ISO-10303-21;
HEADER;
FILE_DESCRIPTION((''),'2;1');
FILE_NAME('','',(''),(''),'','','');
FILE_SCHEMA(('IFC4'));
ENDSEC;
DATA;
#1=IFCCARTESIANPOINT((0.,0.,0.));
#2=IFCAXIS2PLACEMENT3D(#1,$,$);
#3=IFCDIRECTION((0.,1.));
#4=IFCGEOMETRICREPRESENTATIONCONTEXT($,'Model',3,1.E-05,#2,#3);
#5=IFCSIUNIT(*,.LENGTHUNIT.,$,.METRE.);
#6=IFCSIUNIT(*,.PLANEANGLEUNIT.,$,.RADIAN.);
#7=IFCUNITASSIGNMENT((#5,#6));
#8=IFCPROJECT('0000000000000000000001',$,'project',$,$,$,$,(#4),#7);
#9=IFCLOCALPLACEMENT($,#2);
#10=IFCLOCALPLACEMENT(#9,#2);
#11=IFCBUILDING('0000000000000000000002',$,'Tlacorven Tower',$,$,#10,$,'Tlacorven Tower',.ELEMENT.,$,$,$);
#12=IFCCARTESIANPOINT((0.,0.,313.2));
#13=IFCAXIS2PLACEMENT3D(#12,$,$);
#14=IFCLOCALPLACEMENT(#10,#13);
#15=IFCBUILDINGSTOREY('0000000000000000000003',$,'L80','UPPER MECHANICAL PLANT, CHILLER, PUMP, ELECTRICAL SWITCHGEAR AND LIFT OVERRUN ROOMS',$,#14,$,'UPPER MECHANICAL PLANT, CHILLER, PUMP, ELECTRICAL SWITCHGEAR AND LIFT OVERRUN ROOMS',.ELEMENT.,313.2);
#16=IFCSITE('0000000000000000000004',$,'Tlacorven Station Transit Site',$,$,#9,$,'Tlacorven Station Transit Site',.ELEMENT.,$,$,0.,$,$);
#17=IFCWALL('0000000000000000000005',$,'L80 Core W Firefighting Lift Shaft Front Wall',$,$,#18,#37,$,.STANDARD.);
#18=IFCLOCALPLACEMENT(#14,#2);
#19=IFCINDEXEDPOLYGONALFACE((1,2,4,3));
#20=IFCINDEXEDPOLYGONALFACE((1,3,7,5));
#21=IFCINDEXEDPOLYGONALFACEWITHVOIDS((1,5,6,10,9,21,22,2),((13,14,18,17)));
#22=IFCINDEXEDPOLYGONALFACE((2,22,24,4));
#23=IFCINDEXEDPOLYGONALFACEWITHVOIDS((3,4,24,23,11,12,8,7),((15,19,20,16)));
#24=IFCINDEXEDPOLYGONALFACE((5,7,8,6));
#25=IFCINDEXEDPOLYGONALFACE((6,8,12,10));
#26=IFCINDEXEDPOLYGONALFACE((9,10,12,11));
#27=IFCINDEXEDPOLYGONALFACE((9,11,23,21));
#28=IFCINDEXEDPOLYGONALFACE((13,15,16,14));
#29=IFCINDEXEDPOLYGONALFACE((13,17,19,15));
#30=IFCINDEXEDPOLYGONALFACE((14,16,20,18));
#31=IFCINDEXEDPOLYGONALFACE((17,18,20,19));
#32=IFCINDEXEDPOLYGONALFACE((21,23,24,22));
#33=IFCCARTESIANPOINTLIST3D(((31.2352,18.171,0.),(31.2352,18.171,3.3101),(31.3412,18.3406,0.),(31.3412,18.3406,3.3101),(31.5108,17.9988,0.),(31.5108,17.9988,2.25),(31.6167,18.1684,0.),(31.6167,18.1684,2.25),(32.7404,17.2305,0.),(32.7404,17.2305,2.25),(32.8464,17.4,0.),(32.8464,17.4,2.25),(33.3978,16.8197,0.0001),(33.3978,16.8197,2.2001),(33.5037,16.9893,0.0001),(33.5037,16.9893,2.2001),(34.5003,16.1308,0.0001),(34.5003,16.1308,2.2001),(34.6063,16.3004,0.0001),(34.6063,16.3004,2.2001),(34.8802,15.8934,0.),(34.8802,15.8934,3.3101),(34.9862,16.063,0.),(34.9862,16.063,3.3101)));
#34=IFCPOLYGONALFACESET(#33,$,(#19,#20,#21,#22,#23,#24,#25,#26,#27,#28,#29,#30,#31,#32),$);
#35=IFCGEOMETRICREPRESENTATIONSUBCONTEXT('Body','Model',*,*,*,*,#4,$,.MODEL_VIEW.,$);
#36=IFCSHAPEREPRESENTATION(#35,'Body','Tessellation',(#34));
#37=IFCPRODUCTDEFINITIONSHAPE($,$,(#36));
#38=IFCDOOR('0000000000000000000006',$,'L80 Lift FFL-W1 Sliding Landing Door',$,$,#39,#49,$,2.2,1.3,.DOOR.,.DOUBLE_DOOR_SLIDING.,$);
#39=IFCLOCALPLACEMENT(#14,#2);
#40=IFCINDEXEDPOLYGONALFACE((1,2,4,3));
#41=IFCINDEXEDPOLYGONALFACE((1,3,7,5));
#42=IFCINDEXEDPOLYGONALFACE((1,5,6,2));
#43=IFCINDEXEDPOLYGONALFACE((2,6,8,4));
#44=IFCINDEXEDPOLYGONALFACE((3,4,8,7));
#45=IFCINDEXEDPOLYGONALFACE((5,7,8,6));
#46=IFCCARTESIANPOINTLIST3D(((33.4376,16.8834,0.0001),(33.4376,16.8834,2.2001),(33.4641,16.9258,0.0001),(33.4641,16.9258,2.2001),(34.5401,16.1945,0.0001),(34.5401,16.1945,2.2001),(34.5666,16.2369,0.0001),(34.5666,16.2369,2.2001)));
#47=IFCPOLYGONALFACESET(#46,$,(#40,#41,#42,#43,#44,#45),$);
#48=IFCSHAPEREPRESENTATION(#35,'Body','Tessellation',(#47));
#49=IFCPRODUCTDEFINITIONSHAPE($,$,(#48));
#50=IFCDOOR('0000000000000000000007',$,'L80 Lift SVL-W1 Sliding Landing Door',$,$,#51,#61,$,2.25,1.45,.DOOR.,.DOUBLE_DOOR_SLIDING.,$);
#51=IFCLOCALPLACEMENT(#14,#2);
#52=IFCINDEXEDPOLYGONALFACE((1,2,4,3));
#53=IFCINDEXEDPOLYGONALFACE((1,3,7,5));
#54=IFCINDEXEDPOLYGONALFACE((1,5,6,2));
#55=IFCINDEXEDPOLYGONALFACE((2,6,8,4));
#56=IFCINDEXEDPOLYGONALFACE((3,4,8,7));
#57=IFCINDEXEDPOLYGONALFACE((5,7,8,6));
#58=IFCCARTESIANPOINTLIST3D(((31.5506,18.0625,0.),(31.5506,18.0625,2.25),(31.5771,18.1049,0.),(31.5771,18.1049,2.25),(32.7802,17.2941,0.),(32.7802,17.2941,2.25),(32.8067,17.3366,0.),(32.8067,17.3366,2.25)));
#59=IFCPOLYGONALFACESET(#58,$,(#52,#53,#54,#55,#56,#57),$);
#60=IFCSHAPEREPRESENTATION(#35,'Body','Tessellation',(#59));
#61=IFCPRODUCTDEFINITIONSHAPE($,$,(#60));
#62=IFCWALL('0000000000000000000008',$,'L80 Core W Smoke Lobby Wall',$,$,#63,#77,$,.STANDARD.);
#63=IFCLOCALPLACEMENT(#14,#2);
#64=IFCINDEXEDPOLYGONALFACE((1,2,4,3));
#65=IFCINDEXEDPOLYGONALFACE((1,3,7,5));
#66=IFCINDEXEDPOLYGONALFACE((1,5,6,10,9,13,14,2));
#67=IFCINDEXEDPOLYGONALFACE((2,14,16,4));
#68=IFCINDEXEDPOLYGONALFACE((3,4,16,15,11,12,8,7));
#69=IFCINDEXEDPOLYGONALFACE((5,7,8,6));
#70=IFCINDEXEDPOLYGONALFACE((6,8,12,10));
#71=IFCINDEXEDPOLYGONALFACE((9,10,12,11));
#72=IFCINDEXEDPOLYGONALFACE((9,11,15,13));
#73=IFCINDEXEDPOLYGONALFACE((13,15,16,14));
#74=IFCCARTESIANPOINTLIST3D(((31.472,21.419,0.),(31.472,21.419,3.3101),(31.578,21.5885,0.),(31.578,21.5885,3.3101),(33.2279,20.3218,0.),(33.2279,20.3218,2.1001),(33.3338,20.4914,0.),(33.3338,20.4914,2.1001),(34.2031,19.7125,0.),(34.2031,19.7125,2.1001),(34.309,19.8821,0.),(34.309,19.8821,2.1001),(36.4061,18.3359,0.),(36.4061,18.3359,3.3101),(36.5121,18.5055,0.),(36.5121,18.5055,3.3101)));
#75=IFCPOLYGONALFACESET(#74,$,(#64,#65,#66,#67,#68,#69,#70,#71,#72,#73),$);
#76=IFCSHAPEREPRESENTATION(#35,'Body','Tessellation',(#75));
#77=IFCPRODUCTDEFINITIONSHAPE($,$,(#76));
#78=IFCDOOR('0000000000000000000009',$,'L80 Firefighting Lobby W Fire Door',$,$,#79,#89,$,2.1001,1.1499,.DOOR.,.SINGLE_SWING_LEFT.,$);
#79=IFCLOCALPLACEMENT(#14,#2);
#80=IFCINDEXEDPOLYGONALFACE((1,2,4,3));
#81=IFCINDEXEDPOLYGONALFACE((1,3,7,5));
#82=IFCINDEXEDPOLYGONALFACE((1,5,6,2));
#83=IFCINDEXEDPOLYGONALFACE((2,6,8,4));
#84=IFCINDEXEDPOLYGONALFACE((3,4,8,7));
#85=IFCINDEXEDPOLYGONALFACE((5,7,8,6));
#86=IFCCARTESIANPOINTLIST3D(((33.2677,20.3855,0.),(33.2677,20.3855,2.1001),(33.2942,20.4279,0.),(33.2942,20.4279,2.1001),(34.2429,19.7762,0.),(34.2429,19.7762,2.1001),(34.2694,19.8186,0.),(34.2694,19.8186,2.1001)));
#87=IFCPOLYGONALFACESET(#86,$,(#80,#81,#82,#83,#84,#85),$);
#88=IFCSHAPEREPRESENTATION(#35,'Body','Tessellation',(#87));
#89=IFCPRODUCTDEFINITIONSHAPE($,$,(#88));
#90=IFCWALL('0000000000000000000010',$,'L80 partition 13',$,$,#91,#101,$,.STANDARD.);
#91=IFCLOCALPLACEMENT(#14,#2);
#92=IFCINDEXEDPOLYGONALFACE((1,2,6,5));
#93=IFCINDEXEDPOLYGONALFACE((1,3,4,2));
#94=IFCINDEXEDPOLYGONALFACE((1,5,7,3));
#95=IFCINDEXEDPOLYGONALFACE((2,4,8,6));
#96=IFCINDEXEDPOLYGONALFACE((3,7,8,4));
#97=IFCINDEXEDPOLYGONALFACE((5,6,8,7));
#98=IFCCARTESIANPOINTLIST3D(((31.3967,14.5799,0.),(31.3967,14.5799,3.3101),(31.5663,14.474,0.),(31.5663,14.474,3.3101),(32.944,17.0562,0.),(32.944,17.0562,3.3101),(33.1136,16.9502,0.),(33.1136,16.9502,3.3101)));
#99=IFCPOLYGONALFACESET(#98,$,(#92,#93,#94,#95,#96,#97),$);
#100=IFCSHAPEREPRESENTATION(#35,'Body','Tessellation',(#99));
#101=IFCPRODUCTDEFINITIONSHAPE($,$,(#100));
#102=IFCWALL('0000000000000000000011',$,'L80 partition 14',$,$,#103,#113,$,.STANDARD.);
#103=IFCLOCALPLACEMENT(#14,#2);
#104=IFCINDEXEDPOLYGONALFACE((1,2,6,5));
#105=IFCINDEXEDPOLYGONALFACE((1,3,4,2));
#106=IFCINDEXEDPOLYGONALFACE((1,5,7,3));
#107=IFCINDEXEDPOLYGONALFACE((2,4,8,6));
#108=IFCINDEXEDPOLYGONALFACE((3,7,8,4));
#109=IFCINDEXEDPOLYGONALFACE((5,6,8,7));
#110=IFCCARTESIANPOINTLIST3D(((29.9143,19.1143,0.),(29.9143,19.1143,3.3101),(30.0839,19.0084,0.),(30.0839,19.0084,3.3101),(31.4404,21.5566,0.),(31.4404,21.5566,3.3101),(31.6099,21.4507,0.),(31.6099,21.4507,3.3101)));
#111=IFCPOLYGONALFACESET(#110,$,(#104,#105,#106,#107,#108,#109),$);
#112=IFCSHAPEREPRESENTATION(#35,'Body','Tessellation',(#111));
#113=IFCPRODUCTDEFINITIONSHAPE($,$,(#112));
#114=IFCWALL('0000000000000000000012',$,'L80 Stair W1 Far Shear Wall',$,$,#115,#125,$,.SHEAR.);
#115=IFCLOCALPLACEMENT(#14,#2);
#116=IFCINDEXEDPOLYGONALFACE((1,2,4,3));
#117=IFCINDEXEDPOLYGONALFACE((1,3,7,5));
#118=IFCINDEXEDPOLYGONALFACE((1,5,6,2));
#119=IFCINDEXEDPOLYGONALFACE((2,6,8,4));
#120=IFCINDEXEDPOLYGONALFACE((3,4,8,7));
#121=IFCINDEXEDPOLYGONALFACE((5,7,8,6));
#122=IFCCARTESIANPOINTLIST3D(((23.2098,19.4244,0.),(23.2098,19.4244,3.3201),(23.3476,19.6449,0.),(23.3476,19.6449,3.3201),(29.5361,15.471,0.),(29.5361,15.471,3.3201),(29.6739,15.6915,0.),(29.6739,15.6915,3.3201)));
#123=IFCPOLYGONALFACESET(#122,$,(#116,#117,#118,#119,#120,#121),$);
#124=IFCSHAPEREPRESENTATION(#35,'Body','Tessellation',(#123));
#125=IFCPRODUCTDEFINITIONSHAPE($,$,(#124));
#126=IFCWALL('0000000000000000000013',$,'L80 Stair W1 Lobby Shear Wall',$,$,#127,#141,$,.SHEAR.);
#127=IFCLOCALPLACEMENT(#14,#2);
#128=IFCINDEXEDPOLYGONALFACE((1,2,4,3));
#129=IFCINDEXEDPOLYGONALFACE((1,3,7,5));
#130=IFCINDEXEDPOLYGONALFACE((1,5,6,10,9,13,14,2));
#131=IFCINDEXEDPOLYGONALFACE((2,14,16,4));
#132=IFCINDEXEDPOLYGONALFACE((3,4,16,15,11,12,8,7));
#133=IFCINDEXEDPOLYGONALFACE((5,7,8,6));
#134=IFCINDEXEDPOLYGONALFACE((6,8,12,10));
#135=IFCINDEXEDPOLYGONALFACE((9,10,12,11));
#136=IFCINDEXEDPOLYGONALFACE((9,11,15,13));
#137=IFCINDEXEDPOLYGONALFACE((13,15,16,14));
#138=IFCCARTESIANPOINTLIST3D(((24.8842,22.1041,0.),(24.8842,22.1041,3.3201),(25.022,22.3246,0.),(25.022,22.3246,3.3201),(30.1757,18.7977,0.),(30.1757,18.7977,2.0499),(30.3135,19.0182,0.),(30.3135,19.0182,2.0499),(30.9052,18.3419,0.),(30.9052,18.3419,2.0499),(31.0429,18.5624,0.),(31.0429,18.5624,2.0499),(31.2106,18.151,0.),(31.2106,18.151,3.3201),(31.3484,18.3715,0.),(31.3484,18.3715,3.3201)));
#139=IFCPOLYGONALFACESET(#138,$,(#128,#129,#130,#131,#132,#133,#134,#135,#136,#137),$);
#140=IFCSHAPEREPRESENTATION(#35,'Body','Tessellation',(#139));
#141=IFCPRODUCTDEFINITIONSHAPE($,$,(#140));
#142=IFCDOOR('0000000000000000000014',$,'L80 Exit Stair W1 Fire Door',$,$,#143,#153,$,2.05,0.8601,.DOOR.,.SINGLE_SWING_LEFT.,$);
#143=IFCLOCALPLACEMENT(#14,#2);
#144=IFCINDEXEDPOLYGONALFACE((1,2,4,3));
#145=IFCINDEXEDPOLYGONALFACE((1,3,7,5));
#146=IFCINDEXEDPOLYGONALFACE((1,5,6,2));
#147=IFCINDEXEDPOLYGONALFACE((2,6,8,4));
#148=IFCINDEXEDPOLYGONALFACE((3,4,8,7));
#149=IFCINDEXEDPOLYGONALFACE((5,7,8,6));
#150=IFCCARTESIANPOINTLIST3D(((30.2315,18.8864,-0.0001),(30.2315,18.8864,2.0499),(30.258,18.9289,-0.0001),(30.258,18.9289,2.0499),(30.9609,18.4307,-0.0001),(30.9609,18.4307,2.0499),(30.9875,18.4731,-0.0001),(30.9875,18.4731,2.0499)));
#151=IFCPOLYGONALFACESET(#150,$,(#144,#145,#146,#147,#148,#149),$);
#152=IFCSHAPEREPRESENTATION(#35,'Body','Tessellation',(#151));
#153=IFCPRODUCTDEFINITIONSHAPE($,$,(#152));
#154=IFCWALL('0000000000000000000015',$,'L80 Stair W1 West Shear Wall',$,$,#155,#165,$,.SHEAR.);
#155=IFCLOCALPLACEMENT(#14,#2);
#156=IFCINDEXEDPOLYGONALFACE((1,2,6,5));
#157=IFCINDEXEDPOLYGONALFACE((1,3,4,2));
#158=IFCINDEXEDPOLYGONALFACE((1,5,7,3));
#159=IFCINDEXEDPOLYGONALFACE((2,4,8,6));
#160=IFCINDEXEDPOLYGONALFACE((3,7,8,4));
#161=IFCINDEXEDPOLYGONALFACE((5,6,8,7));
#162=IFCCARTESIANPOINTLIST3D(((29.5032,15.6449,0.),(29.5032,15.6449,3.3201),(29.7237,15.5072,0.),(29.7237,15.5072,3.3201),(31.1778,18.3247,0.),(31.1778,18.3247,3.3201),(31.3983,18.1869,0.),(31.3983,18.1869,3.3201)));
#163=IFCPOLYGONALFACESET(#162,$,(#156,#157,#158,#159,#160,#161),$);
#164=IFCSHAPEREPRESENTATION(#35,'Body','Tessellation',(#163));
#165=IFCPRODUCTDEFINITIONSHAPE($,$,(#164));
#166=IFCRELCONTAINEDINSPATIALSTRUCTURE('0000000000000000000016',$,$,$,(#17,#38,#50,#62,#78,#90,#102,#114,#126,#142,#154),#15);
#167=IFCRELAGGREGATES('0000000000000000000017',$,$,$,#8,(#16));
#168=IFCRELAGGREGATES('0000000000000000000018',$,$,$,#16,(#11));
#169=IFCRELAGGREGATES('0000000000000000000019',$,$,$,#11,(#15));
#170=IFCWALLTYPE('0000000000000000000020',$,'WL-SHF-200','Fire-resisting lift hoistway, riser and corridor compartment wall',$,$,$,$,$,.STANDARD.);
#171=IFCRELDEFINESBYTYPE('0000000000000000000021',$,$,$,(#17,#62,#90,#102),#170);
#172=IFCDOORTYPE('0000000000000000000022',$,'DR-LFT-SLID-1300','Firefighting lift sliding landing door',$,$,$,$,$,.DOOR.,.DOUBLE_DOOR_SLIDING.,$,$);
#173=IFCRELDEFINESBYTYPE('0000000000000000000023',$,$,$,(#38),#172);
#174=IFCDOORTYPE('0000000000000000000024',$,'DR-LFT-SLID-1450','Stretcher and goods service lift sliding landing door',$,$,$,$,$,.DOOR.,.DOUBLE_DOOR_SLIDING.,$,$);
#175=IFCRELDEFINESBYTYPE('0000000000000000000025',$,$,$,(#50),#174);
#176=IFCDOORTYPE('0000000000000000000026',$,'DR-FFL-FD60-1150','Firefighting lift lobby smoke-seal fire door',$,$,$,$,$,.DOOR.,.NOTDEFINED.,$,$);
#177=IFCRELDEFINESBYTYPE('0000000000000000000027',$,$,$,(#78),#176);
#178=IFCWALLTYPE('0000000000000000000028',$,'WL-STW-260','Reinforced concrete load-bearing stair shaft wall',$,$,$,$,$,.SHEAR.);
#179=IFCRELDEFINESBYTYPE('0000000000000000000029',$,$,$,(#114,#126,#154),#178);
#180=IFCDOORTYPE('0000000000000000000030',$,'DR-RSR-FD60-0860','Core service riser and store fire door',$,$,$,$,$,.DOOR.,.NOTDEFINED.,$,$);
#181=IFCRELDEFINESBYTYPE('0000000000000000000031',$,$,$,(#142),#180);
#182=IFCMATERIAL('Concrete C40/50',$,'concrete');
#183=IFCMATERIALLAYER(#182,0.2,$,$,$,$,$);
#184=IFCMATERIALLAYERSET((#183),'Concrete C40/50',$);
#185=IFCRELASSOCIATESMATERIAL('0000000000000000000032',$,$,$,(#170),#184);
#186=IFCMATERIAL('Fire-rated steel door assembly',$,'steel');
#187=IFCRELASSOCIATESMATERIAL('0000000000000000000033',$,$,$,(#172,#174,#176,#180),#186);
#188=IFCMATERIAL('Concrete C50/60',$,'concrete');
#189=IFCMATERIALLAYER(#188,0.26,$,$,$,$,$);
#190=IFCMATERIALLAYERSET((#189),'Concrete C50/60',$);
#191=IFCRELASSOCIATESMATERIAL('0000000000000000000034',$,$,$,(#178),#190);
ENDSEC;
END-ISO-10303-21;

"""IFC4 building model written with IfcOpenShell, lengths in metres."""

from ifc_helpers import new_model, si_unit, direction, frame, frame_2d, origin, place, context, subcontext, project, spatial, rectangle, extrude, source, transform, mapped, material, layer, layer_set, type_object, element, fill, save


model = new_model("IFC4")

# Units and contexts
model_context = context("Model", 3, precision=1e-05, world=origin(), true_north=direction((0.0, 1.0)))
body_context = subcontext(model_context, "Body", "Model", "MODEL_VIEW")
ifc_project = project(units=[si_unit("LENGTHUNIT", "METRE"), si_unit("PLANEANGLEUNIT", "RADIAN")], contexts=[model_context])

# Site, building, storey
site_placement = place(None, origin())
site = spatial("IfcSite", under=ifc_project, at=site_placement, Name="Tlacorven Station Transit Site", LongName="Tlacorven Station Transit Site", CompositionType="ELEMENT", RefElevation=0.0)
building_placement = place(site_placement, origin())
building = spatial("IfcBuilding", under=site, at=building_placement, Name="Tlacorven Tower", LongName="Tlacorven Tower", CompositionType="ELEMENT")
storey_placement = place(building_placement, frame((0.0, 0.0, 313.2)))
storey = spatial("IfcBuildingStorey", under=building, at=storey_placement, Name="L80", Description="UPPER MECHANICAL PLANT, CHILLER, PUMP, ELECTRICAL SWITCHGEAR AND LIFT OVERRUN ROOMS", LongName="UPPER MECHANICAL PLANT, CHILLER, PUMP, ELECTRICAL SWITCHGEAR AND LIFT OVERRUN ROOMS", CompositionType="ELEMENT", Elevation=313.2)

# Shared definitions
ifc_material_1 = material(Name="Concrete C50/60", Category="concrete")

# Wall, openings, doors
ifc_material_2 = material(Name="Concrete C40/50", Category="concrete")
ifc_layer_1 = layer(ifc_material_2, 0.2)
ifc_layer_set_1 = layer_set([ifc_layer_1], Name="Concrete C40/50")
wall_type_1 = type_object("IfcWallType", Name="WL-SHF-200", Description="Fire-resisting lift hoistway, riser and corridor compartment wall", PredefinedType="STANDARD", material=ifc_layer_set_1)
wall_1_placement = place(storey_placement, frame((34.9331, 15.9783, 0.0), z_axis=(0.0, 0.0, 1.0), x_axis=(-0.848056, 0.529907, 0.0)))
wall_1 = element("IfcWall", 1, at=wall_1_placement, inside=storey, type_object=wall_type_1, Name="L80 Core W Firefighting Lift Shaft Front Wall", PredefinedType="STANDARD", context=body_context, shape_type="SweptSolid", body=[
    extrude(rectangle(XDim=4.2981, YDim=0.2, at=frame_2d((2.1489, 0.0))), origin(), (0.0, 0.0, 1.0), 3.3101),
])
opening_1_placement = place(wall_1_placement, frame((0.448, 0.0, 0.0)))
opening_1 = element("IfcOpeningElement", 2, at=opening_1_placement, cuts=wall_1, PredefinedType="OPENING", context=body_context, shape_type="SweptSolid", body=[
    extrude(rectangle(XDim=1.3, YDim=2.2, at=frame_2d((0.6499, 1.1001))), frame((0.0, 0.1099, 0.0), z_axis=(0.0, -1.0, 0.0), x_axis=(1.0, 0.0, 0.0)), (0.0, 0.0, 1.0), 0.22),
])
opening_2_placement = place(wall_1_placement, frame((2.5229, 0.0, 0.0)))
opening_2 = element("IfcOpeningElement", 3, at=opening_2_placement, cuts=wall_1, PredefinedType="OPENING", context=body_context, shape_type="SweptSolid", body=[
    extrude(rectangle(XDim=1.45, YDim=2.25, at=frame_2d((0.7251, 1.125))), frame((0.0, 0.1099, 0.0), z_axis=(0.0, -1.0, 0.0), x_axis=(1.0, 0.0, 0.0)), (0.0, 0.0, 1.0), 0.22),
])
ifc_material_3 = material(Name="Fire-rated steel door assembly", Category="steel")
door_type_1 = type_object("IfcDoorType", Name="DR-LFT-SLID-1300", Description="Firefighting lift sliding landing door", OperationType="DOUBLE_DOOR_SLIDING", PredefinedType="DOOR", material=ifc_material_3)
shared_shape_1 = source(origin(), body_context, "Body", "SweptSolid", [
    extrude(rectangle(XDim=1.3, YDim=2.2, at=frame_2d((0.6499, 1.1001))), frame((0.0, 0.0249, 0.0), z_axis=(0.0, -1.0, 0.0), x_axis=(1.0, 0.0, 0.0)), (0.0, 0.0, 1.0), 0.05),
])
door_1_placement = place(opening_1_placement, origin())
door_1 = element("IfcDoor", 4, at=door_1_placement, inside=storey, type_object=door_type_1, Name="L80 Lift FFL-W1 Sliding Landing Door", OperationType="DOUBLE_DOOR_SLIDING", OverallHeight=2.2, OverallWidth=1.3, PredefinedType="DOOR", context=body_context, shape_type="MappedRepresentation", body=[
    mapped(shared_shape_1, transform((0.0, 0.0, 0.0), scale=1.0)),
])
fill(opening_1, door_1)
door_type_2 = type_object("IfcDoorType", Name="DR-LFT-SLID-1450", Description="Stretcher and goods service lift sliding landing door", OperationType="DOUBLE_DOOR_SLIDING", PredefinedType="DOOR", material=ifc_material_3)
shared_shape_2 = source(origin(), body_context, "Body", "SweptSolid", [
    extrude(rectangle(XDim=1.45, YDim=2.25, at=frame_2d((0.7251, 1.125))), frame((0.0, 0.0249, 0.0), z_axis=(0.0, -1.0, 0.0), x_axis=(1.0, 0.0, 0.0)), (0.0, 0.0, 1.0), 0.05),
])
door_2_placement = place(opening_2_placement, origin())
door_2 = element("IfcDoor", 5, at=door_2_placement, inside=storey, type_object=door_type_2, Name="L80 Lift SVL-W1 Sliding Landing Door", OperationType="DOUBLE_DOOR_SLIDING", OverallHeight=2.25, OverallWidth=1.45, PredefinedType="DOOR", context=body_context, shape_type="MappedRepresentation", body=[
    mapped(shared_shape_2, transform((0.0, 0.0, 0.0), scale=1.0)),
])
fill(opening_2, door_2)

# Wall, opening, door
wall_2_placement = place(storey_placement, frame((36.4592, 18.4207, 0.0), z_axis=(0.0, 0.0, 1.0), x_axis=(-0.84806, 0.529901, 0.0)))
wall_2 = element("IfcWall", 6, at=wall_2_placement, inside=storey, type_object=wall_type_1, Name="L80 Core W Smoke Lobby Wall", PredefinedType="STANDARD", context=body_context, shape_type="SweptSolid", body=[
    extrude(rectangle(XDim=5.8181, YDim=0.2, at=frame_2d((2.9092, 0.0))), origin(), (0.0, 0.0, 1.0), 3.3101),
])
opening_3_placement = place(wall_2_placement, frame((2.5979, 0.0, 0.0)))
opening_3 = element("IfcOpeningElement", 7, at=opening_3_placement, cuts=wall_2, PredefinedType="OPENING", context=body_context, shape_type="SweptSolid", body=[
    extrude(rectangle(XDim=1.1499, YDim=2.1001, at=frame_2d((0.575, 1.05))), frame((0.0, 0.1099, 0.0), z_axis=(0.0, -1.0, 0.0), x_axis=(1.0, 0.0, 0.0)), (0.0, 0.0, 1.0), 0.22),
])
door_type_3 = type_object("IfcDoorType", Name="DR-FFL-FD60-1150", Description="Firefighting lift lobby smoke-seal fire door", OperationType="NOTDEFINED", PredefinedType="DOOR", material=ifc_material_3)
shared_shape_3 = source(origin(), body_context, "Body", "SweptSolid", [
    extrude(rectangle(XDim=1.1499, YDim=2.1001, at=frame_2d((0.575, 1.05))), frame((0.0, 0.0249, 0.0), z_axis=(0.0, -1.0, 0.0), x_axis=(1.0, 0.0, 0.0)), (0.0, 0.0, 1.0), 0.05),
])
door_3_placement = place(opening_3_placement, origin())
door_3 = element("IfcDoor", 8, at=door_3_placement, inside=storey, type_object=door_type_3, Name="L80 Firefighting Lobby W Fire Door", OperationType="SINGLE_SWING_LEFT", OverallHeight=2.1001, OverallWidth=1.1499, PredefinedType="DOOR", context=body_context, shape_type="MappedRepresentation", body=[
    mapped(shared_shape_3, transform((0.0, 0.0, 0.0), scale=1.0)),
])
fill(opening_3, door_3)

# Walls
wall_3_placement = place(storey_placement, frame((33.0288, 17.0032, 0.0), z_axis=(0.0, 0.0, 1.0), x_axis=(-0.529916, -0.84805, 0.0)))
element("IfcWall", 9, at=wall_3_placement, inside=storey, type_object=wall_type_1, Name="L80 partition 13", PredefinedType="STANDARD", context=body_context, shape_type="SweptSolid", body=[
    extrude(rectangle(XDim=2.9199, YDim=0.2, at=frame_2d((1.46, 0.0))), origin(), (0.0, 0.0, 1.0), 3.3101),
])
wall_4_placement = place(storey_placement, frame((31.5251, 21.5037, 0.0), z_axis=(0.0, 0.0, 1.0), x_axis=(-0.529907, -0.848055, 0.0)))
element("IfcWall", 10, at=wall_4_placement, inside=storey, type_object=wall_type_1, Name="L80 partition 14", PredefinedType="STANDARD", context=body_context, shape_type="SweptSolid", body=[
    extrude(rectangle(XDim=2.8799, YDim=0.2, at=frame_2d((1.4399, 0.0))), origin(), (0.0, 0.0, 1.0), 3.3101),
])
ifc_layer_2 = layer(ifc_material_1, 0.26)
ifc_layer_set_2 = layer_set([ifc_layer_2], Name="Concrete C50/60")
wall_type_2 = type_object("IfcWallType", Name="WL-STW-260", Description="Reinforced concrete load-bearing stair shaft wall", PredefinedType="SHEAR", material=ifc_layer_set_2)
wall_5_placement = place(storey_placement, frame((29.605, 15.5813, 0.0), z_axis=(0.0, 0.0, 1.0), x_axis=(-0.848037, 0.529937, 0.0)))
element("IfcWall", 11, at=wall_5_placement, inside=storey, type_object=wall_type_2, Name="L80 Stair W1 Far Shear Wall", PredefinedType="SHEAR", context=body_context, shape_type="SweptSolid", body=[
    extrude(rectangle(XDim=7.46, YDim=0.26, at=frame_2d((3.73, 0.0))), origin(), (0.0, 0.0, 1.0), 3.3201),
])

# Wall, opening, door
wall_6_placement = place(storey_placement, frame((31.2795, 18.2612, 0.0), z_axis=(0.0, 0.0, 1.0), x_axis=(-0.848052, 0.529914, 0.0)))
wall_6 = element("IfcWall", 12, at=wall_6_placement, inside=storey, type_object=wall_type_2, Name="L80 Stair W1 Lobby Shear Wall", PredefinedType="SHEAR", context=body_context, shape_type="SweptSolid", body=[
    extrude(rectangle(XDim=7.46, YDim=0.26, at=frame_2d((3.73, 0.0))), origin(), (0.0, 0.0, 1.0), 3.3201),
])
opening_4_placement = place(wall_6_placement, frame((0.3601, 0.0, 0.0)))
opening_4 = element("IfcOpeningElement", 13, at=opening_4_placement, cuts=wall_6, PredefinedType="OPENING", context=body_context, shape_type="SweptSolid", body=[
    extrude(rectangle(XDim=0.8601, YDim=2.05, at=frame_2d((0.4302, 1.0249))), frame((0.0, 0.1401, 0.0), z_axis=(0.0, -1.0, 0.0), x_axis=(1.0, 0.0, 0.0)), (0.0, 0.0, 1.0), 0.28),
])
door_type_4 = type_object("IfcDoorType", Name="DR-RSR-FD60-0860", Description="Core service riser and store fire door", OperationType="NOTDEFINED", PredefinedType="DOOR", material=ifc_material_3)
shared_shape_4 = source(origin(), body_context, "Body", "SweptSolid", [
    extrude(rectangle(XDim=0.8601, YDim=2.05, at=frame_2d((0.4302, 1.0249))), frame((0.0, 0.0249, 0.0), z_axis=(0.0, -1.0, 0.0), x_axis=(1.0, 0.0, 0.0)), (0.0, 0.0, 1.0), 0.05),
])
door_4_placement = place(opening_4_placement, frame((0.8601, 0.0, 0.0), z_axis=(0.0, 0.0, 1.0), x_axis=(-1.0, 0.0, 0.0)))
door_4 = element("IfcDoor", 14, at=door_4_placement, inside=storey, type_object=door_type_4, Name="L80 Exit Stair W1 Fire Door", OperationType="SINGLE_SWING_LEFT", OverallHeight=2.05, OverallWidth=0.8601, PredefinedType="DOOR", context=body_context, shape_type="MappedRepresentation", body=[
    mapped(shared_shape_4, transform((0.0, 0.0, 0.0), scale=1.0)),
])
fill(opening_4, door_4)

# Wall
wall_7_placement = place(storey_placement, frame((31.2881, 18.2559, 0.0), z_axis=(0.0, 0.0, 1.0), x_axis=(-0.529943, -0.848033, 0.0)))
element("IfcWall", 15, at=wall_7_placement, inside=storey, type_object=wall_type_2, Name="L80 Stair W1 West Shear Wall", PredefinedType="SHEAR", context=body_context, shape_type="SweptSolid", body=[
    extrude(rectangle(XDim=3.1599, YDim=0.26, at=frame_2d((1.5801, 0.0))), origin(), (0.0, 0.0, 1.0), 3.3201),
])

save(model, "model.ifc")
